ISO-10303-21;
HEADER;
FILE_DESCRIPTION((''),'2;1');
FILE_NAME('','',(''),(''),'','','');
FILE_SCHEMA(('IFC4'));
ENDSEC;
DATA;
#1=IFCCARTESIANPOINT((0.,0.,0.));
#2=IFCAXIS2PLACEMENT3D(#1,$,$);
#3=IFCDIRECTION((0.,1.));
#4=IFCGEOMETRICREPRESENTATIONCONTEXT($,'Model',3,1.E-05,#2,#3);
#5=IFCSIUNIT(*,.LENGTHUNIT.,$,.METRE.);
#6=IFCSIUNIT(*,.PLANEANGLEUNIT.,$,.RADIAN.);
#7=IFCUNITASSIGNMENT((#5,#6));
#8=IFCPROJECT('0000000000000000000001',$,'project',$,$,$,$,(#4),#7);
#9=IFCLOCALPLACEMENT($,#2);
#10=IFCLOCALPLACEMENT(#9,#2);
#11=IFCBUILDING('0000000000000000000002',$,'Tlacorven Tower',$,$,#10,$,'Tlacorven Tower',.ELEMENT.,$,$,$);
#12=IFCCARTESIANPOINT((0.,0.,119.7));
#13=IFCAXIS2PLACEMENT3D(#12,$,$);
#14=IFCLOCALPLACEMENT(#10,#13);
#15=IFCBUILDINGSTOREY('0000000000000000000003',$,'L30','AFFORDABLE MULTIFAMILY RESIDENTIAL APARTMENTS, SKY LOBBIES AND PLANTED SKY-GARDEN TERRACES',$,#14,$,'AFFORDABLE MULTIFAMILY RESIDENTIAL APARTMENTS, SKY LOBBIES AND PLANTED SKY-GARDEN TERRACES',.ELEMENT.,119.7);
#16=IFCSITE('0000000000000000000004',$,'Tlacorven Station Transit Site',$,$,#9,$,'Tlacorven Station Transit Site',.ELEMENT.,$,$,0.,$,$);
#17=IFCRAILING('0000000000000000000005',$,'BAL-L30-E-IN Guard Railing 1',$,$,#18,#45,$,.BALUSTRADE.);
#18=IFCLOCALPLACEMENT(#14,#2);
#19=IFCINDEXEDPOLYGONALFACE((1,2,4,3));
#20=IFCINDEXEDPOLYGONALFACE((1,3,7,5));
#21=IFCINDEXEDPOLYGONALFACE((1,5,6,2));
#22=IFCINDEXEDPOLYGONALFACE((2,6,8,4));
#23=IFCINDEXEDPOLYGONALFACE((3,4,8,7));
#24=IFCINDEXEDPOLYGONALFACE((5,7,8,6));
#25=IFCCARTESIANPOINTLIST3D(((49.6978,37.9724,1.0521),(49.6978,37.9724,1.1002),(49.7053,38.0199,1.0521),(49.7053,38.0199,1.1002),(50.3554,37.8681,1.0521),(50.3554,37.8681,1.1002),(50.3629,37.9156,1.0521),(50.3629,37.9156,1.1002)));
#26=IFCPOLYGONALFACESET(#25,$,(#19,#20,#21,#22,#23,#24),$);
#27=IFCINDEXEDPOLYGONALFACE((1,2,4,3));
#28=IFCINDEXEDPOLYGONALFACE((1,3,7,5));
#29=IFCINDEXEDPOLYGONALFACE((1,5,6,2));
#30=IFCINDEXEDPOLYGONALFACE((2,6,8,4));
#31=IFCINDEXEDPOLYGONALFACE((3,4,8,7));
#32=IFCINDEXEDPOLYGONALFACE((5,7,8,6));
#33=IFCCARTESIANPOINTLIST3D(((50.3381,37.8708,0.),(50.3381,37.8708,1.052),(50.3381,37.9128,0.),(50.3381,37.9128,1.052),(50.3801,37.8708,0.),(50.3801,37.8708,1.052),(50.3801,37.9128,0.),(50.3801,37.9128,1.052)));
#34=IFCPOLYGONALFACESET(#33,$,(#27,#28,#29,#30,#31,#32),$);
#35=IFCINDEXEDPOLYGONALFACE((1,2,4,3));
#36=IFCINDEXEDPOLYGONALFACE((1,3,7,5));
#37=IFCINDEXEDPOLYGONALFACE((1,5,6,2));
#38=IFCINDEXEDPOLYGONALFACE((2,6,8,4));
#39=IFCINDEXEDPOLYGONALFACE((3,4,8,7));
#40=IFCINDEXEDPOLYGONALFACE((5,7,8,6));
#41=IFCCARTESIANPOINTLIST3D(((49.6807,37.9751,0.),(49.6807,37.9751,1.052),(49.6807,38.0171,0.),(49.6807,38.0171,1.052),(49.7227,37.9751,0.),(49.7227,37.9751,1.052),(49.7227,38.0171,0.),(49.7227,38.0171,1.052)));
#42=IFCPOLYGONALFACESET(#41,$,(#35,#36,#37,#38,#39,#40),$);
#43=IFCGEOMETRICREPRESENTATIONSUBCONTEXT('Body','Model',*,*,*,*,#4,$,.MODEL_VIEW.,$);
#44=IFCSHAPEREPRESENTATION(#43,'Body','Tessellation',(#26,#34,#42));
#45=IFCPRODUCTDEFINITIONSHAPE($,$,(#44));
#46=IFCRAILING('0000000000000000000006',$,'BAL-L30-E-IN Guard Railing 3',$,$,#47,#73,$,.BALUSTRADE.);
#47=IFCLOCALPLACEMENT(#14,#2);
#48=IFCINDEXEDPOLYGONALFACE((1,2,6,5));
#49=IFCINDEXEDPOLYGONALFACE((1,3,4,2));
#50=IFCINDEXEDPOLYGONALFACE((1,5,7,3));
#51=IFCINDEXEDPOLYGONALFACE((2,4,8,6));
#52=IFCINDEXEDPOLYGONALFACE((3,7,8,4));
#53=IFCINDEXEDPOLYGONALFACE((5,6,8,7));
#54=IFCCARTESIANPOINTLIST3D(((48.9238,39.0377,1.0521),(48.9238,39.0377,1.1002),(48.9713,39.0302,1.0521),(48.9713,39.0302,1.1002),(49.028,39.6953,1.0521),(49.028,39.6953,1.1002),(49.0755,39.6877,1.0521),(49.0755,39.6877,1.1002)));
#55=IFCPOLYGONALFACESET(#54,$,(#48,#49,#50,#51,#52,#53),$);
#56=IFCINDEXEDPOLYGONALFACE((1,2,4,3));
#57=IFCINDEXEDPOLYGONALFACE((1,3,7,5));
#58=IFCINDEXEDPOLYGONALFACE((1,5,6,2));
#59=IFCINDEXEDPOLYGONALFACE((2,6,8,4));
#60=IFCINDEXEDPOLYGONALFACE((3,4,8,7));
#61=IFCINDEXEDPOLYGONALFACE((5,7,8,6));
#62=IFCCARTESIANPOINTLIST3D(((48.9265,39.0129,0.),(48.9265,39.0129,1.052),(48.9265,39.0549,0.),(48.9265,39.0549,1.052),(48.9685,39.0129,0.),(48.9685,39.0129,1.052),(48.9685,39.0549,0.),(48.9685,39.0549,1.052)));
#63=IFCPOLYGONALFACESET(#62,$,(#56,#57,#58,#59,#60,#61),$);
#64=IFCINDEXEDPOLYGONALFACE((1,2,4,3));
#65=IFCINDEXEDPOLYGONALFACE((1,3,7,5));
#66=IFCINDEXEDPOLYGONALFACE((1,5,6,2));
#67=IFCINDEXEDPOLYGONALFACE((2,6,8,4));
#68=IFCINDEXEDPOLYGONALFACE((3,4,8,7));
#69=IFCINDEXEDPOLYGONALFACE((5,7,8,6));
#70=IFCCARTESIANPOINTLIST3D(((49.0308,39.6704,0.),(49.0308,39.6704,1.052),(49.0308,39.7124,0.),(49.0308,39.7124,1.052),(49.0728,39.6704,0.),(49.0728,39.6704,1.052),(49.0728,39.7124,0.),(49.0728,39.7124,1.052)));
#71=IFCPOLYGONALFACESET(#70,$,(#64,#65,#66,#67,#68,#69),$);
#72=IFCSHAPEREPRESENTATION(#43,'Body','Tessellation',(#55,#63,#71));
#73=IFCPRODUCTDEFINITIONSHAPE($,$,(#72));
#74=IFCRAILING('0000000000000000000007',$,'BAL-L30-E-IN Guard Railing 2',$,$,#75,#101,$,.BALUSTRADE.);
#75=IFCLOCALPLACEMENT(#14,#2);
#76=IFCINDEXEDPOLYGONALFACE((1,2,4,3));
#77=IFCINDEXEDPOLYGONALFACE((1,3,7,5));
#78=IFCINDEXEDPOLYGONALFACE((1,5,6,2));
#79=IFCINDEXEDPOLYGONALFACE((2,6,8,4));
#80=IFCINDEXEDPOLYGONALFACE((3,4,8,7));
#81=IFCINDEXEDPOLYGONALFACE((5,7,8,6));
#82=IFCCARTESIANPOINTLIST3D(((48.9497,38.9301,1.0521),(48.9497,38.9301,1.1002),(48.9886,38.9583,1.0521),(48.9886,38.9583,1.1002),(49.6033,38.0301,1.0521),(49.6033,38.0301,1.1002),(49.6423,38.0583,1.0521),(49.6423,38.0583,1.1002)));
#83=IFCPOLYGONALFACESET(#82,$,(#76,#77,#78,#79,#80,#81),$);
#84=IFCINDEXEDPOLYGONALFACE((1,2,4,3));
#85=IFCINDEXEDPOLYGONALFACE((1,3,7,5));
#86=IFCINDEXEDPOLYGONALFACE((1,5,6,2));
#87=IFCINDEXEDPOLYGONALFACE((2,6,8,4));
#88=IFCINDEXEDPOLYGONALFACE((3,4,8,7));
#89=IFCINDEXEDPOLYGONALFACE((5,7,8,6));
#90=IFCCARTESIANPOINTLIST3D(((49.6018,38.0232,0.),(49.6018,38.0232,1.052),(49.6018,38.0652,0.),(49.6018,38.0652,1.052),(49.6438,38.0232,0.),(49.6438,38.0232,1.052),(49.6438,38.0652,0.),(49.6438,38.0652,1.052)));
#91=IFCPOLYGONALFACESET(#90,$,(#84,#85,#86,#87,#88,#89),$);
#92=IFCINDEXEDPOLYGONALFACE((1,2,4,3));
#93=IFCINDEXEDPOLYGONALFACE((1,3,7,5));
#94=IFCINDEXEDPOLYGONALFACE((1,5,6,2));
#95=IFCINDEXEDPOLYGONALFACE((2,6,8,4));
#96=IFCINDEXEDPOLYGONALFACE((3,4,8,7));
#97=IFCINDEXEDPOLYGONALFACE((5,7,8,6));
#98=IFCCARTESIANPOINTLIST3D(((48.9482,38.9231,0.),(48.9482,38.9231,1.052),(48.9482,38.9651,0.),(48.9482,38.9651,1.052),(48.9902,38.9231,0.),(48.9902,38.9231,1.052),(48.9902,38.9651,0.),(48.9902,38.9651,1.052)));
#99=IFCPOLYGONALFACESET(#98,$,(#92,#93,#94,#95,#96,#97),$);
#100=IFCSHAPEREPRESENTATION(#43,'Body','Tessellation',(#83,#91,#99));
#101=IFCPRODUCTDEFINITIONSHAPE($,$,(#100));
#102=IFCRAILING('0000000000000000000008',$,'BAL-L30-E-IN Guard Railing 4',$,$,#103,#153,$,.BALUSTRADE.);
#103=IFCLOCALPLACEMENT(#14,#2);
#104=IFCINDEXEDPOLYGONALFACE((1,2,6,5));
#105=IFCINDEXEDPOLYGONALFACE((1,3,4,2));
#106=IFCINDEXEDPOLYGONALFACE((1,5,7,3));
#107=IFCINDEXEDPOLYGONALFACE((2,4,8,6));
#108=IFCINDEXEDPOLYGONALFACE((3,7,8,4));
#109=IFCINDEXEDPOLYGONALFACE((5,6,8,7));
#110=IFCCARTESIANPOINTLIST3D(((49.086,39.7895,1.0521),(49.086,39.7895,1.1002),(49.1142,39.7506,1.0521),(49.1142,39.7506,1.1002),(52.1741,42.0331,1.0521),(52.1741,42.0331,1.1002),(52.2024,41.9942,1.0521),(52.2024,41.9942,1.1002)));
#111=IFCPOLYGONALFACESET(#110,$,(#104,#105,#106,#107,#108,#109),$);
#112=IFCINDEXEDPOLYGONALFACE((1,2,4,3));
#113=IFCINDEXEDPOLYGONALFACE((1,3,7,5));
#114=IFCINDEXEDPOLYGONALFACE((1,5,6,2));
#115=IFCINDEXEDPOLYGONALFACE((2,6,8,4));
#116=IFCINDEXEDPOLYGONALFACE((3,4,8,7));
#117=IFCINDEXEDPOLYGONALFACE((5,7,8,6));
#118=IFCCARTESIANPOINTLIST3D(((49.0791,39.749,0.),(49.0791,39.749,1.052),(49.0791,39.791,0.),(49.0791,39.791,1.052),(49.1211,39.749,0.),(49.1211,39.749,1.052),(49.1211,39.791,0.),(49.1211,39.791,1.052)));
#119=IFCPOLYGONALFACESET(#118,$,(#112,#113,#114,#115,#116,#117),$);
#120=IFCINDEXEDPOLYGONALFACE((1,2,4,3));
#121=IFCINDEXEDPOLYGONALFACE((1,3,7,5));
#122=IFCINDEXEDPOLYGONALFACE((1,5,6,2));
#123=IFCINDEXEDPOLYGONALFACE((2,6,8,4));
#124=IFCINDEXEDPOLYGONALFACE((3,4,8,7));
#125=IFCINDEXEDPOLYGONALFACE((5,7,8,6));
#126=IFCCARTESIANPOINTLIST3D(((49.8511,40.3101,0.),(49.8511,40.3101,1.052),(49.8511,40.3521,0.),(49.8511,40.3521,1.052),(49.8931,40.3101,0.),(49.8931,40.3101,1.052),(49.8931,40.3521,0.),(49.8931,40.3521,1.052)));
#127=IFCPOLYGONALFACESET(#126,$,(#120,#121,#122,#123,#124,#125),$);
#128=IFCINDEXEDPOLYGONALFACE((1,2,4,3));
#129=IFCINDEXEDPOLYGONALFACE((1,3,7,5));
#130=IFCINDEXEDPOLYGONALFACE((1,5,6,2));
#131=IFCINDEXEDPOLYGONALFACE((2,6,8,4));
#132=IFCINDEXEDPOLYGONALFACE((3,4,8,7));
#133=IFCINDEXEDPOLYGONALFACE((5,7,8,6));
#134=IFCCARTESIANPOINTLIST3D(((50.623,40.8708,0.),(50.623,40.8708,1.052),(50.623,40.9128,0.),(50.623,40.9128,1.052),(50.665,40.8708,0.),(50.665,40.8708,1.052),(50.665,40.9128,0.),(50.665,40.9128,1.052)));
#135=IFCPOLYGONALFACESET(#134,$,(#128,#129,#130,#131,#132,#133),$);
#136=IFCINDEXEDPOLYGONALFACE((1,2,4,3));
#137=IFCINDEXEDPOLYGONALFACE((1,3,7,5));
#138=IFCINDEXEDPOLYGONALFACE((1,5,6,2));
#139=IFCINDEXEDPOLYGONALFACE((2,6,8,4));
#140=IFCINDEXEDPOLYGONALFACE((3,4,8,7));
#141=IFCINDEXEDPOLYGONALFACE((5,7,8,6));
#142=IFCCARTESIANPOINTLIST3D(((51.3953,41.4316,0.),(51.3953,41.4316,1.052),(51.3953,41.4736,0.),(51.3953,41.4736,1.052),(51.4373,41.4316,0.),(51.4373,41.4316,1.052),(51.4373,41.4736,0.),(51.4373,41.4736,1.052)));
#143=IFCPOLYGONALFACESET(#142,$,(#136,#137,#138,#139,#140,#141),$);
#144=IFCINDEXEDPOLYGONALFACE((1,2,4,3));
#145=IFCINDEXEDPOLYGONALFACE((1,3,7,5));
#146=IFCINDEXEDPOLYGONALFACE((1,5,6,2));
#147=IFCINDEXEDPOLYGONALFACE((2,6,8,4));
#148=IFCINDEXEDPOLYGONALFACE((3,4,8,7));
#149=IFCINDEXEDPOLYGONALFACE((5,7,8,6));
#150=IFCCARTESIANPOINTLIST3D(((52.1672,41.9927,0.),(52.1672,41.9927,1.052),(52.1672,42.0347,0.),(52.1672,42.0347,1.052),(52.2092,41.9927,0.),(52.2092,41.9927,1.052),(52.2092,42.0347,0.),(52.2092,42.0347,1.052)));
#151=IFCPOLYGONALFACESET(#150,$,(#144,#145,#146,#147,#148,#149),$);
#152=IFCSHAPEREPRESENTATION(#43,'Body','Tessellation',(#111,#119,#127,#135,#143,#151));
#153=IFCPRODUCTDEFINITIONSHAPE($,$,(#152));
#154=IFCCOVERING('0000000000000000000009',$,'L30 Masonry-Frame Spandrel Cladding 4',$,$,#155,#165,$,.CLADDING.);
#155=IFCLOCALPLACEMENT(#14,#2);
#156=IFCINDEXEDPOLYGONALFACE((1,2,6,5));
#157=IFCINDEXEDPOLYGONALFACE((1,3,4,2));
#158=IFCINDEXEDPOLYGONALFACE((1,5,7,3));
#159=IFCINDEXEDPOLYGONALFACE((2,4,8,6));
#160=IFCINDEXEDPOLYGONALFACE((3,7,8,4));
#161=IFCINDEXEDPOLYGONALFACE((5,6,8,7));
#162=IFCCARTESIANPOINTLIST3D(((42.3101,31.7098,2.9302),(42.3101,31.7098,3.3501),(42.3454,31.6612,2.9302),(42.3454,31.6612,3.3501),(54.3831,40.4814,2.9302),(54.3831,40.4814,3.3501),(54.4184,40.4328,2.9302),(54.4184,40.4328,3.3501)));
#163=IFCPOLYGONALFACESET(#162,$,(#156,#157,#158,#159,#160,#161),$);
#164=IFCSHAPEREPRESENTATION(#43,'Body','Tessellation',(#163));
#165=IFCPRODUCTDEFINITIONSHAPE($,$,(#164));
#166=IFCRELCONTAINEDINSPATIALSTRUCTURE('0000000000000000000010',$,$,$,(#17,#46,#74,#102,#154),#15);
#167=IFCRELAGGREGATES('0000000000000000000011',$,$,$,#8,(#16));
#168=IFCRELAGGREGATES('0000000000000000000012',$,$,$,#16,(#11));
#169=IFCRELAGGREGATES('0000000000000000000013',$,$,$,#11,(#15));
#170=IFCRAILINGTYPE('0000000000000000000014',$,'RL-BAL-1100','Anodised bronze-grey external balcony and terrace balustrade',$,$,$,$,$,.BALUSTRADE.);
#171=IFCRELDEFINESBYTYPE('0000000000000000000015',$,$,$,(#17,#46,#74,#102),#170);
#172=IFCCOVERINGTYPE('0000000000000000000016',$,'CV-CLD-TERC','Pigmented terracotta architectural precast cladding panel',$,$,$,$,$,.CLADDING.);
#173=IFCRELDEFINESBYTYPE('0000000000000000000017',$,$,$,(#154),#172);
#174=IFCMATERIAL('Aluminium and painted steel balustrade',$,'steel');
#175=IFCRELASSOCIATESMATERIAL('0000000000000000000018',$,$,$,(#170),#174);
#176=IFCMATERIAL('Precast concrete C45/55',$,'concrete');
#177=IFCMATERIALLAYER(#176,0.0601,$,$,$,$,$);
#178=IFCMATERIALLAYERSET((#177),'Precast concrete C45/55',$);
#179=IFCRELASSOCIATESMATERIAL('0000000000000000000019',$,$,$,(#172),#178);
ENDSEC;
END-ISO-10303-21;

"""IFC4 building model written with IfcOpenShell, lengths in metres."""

from ifc_helpers import new_model, si_unit, direction, frame, origin, origin_2d, place, context, subcontext, project, spatial, rectangle, extrude, source, transform, mapped, material, layer, layer_set, type_object, element, save


model = new_model("IFC4")

# Units and contexts
model_context = context("Model", 3, precision=1e-05, world=origin(), true_north=direction((0.0, 1.0)))
body_context = subcontext(model_context, "Body", "Model", "MODEL_VIEW")
ifc_project = project(units=[si_unit("LENGTHUNIT", "METRE"), si_unit("PLANEANGLEUNIT", "RADIAN")], contexts=[model_context])

# Site, building, storey
site_placement = place(None, origin())
site = spatial("IfcSite", under=ifc_project, at=site_placement, Name="Tlacorven Station Transit Site", LongName="Tlacorven Station Transit Site", CompositionType="ELEMENT", RefElevation=0.0)
building_placement = place(site_placement, origin())
building = spatial("IfcBuilding", under=site, at=building_placement, Name="Tlacorven Tower", LongName="Tlacorven Tower", CompositionType="ELEMENT")
storey_placement = place(building_placement, frame((0.0, 0.0, 119.7)))
storey = spatial("IfcBuildingStorey", under=building, at=storey_placement, Name="L30", Description="AFFORDABLE MULTIFAMILY RESIDENTIAL APARTMENTS, SKY LOBBIES AND PLANTED SKY-GARDEN TERRACES", LongName="AFFORDABLE MULTIFAMILY RESIDENTIAL APARTMENTS, SKY LOBBIES AND PLANTED SKY-GARDEN TERRACES", CompositionType="ELEMENT", Elevation=119.7)

# Shared definitions
ifc_material_1 = material(Name="Precast concrete C45/55", Category="concrete")

# Railings
ifc_material_2 = material(Name="Aluminium and painted steel balustrade", Category="steel")
railing_type = type_object("IfcRailingType", Name="RL-BAL-1100", Description="Anodised bronze-grey external balcony and terrace balustrade", PredefinedType="BALUSTRADE", material=ifc_material_2)
shared_shape_1 = source(origin(), body_context, "Body", "SweptSolid", [
    extrude(rectangle(XDim=0.0481, YDim=0.0481, at=origin_2d()), frame((0.0, 0.0, 1.0762), z_axis=(-0.987662, 0.156603, 0.0), x_axis=(-0.156603, -0.987662, 0.0)), (0.0, 0.0, 1.0), 0.6658),
    extrude(rectangle(XDim=0.042, YDim=0.042, at=origin_2d()), origin(), (0.0, 0.0, 1.0), 1.052),
    extrude(rectangle(XDim=0.042, YDim=0.042, at=origin_2d()), frame((-0.6575, 0.1042, 0.0)), (0.0, 0.0, 1.0), 1.052),
])
railing_1_placement = place(storey_placement, frame((50.3591, 37.8918, 0.0)))
element("IfcRailing", 1, at=railing_1_placement, inside=storey, type_object=railing_type, Name="BAL-L30-E-IN Guard Railing 1", PredefinedType="BALUSTRADE", context=body_context, shape_type="MappedRepresentation", body=[
    mapped(shared_shape_1, transform((0.0, 0.0, 0.0), scale=1.0)),
])
shared_shape_2 = source(origin(), body_context, "Body", "SweptSolid", [
    extrude(rectangle(XDim=0.0481, YDim=0.0481, at=origin_2d()), frame((0.0, 0.0, 1.0762), z_axis=(0.156603, 0.987662, 0.0), x_axis=(-0.987662, 0.156603, 0.0)), (0.0, 0.0, 1.0), 0.6658),
    extrude(rectangle(XDim=0.042, YDim=0.042, at=origin_2d()), origin(), (0.0, 0.0, 1.0), 1.052),
    extrude(rectangle(XDim=0.042, YDim=0.042, at=origin_2d()), frame((0.1042, 0.6575, 0.0)), (0.0, 0.0, 1.0), 1.052),
])
railing_2_placement = place(storey_placement, frame((48.9475, 39.0339, 0.0)))
element("IfcRailing", 2, at=railing_2_placement, inside=storey, type_object=railing_type, Name="BAL-L30-E-IN Guard Railing 3", PredefinedType="BALUSTRADE", context=body_context, shape_type="MappedRepresentation", body=[
    mapped(shared_shape_2, transform((0.0, 0.0, 0.0), scale=1.0)),
])
shared_shape_3 = source(origin(), body_context, "Body", "SweptSolid", [
    extrude(rectangle(XDim=0.0481, YDim=0.0481, at=origin_2d()), frame((0.0, 0.0, 1.0762), z_axis=(-0.587636, 0.809125, 0.0), x_axis=(-0.809125, -0.587636, 0.0)), (0.0, 0.0, 1.0), 1.1123),
    extrude(rectangle(XDim=0.042, YDim=0.042, at=origin_2d()), origin(), (0.0, 0.0, 1.0), 1.052),
    extrude(rectangle(XDim=0.042, YDim=0.042, at=origin_2d()), frame((-0.6536, 0.8999, 0.0)), (0.0, 0.0, 1.0), 1.052),
])
railing_3_placement = place(storey_placement, frame((49.6228, 38.0442, 0.0)))
element("IfcRailing", 3, at=railing_3_placement, inside=storey, type_object=railing_type, Name="BAL-L30-E-IN Guard Railing 2", PredefinedType="BALUSTRADE", context=body_context, shape_type="MappedRepresentation", body=[
    mapped(shared_shape_3, transform((0.0, 0.0, 0.0), scale=1.0)),
])
shared_shape_4 = source(origin(), body_context, "Body", "SweptSolid", [
    extrude(rectangle(XDim=0.0481, YDim=0.0481, at=origin_2d()), frame((0.0, 0.0, 1.0762), z_axis=(0.809018, 0.587784, 0.0), x_axis=(-0.587784, 0.809018, 0.0)), (0.0, 0.0, 1.0), 3.8171),
    extrude(rectangle(XDim=0.042, YDim=0.042, at=origin_2d()), origin(), (0.0, 0.0, 1.0), 1.052),
    extrude(rectangle(XDim=0.042, YDim=0.042, at=origin_2d()), frame((0.772, 0.561, 0.0)), (0.0, 0.0, 1.0), 1.052),
    extrude(rectangle(XDim=0.042, YDim=0.042, at=origin_2d()), frame((1.5439, 1.1218, 0.0)), (0.0, 0.0, 1.0), 1.052),
    extrude(rectangle(XDim=0.042, YDim=0.042, at=origin_2d()), frame((2.3162, 1.6826, 0.0)), (0.0, 0.0, 1.0), 1.052),
    extrude(rectangle(XDim=0.042, YDim=0.042, at=origin_2d()), frame((3.0881, 2.2437, 0.0)), (0.0, 0.0, 1.0), 1.052),
])
railing_4_placement = place(storey_placement, frame((49.1001, 39.77, 0.0)))
element("IfcRailing", 4, at=railing_4_placement, inside=storey, type_object=railing_type, Name="BAL-L30-E-IN Guard Railing 4", PredefinedType="BALUSTRADE", context=body_context, shape_type="MappedRepresentation", body=[
    mapped(shared_shape_4, transform((0.0, 0.0, 0.0), scale=1.0)),
])

# Covering
ifc_layer_1 = layer(ifc_material_1, 0.0601)
ifc_layer_set_1 = layer_set([ifc_layer_1], Name="Precast concrete C45/55")
covering_type = type_object("IfcCoveringType", Name="CV-CLD-TERC", Description="Pigmented terracotta architectural precast cladding panel", PredefinedType="CLADDING", material=ifc_layer_set_1)
shared_shape_5 = source(origin(), body_context, "Body", "SweptSolid", [
    extrude(rectangle(XDim=14.9231, YDim=0.0601, at=origin_2d()), origin(), (0.0, 0.0, 1.0), 0.4199),
])
covering_placement = place(storey_placement, frame((48.3643, 36.0713, 2.9302), z_axis=(0.0, 0.0, 1.0), x_axis=(0.809017, 0.587786, 0.0)))
element("IfcCovering", 5, at=covering_placement, inside=storey, type_object=covering_type, Name="L30 Masonry-Frame Spandrel Cladding 4", PredefinedType="CLADDING", context=body_context, shape_type="MappedRepresentation", body=[
    mapped(shared_shape_5, transform((0.0, 0.0, 0.0), scale=1.0)),
])

save(model, "model.ifc")
